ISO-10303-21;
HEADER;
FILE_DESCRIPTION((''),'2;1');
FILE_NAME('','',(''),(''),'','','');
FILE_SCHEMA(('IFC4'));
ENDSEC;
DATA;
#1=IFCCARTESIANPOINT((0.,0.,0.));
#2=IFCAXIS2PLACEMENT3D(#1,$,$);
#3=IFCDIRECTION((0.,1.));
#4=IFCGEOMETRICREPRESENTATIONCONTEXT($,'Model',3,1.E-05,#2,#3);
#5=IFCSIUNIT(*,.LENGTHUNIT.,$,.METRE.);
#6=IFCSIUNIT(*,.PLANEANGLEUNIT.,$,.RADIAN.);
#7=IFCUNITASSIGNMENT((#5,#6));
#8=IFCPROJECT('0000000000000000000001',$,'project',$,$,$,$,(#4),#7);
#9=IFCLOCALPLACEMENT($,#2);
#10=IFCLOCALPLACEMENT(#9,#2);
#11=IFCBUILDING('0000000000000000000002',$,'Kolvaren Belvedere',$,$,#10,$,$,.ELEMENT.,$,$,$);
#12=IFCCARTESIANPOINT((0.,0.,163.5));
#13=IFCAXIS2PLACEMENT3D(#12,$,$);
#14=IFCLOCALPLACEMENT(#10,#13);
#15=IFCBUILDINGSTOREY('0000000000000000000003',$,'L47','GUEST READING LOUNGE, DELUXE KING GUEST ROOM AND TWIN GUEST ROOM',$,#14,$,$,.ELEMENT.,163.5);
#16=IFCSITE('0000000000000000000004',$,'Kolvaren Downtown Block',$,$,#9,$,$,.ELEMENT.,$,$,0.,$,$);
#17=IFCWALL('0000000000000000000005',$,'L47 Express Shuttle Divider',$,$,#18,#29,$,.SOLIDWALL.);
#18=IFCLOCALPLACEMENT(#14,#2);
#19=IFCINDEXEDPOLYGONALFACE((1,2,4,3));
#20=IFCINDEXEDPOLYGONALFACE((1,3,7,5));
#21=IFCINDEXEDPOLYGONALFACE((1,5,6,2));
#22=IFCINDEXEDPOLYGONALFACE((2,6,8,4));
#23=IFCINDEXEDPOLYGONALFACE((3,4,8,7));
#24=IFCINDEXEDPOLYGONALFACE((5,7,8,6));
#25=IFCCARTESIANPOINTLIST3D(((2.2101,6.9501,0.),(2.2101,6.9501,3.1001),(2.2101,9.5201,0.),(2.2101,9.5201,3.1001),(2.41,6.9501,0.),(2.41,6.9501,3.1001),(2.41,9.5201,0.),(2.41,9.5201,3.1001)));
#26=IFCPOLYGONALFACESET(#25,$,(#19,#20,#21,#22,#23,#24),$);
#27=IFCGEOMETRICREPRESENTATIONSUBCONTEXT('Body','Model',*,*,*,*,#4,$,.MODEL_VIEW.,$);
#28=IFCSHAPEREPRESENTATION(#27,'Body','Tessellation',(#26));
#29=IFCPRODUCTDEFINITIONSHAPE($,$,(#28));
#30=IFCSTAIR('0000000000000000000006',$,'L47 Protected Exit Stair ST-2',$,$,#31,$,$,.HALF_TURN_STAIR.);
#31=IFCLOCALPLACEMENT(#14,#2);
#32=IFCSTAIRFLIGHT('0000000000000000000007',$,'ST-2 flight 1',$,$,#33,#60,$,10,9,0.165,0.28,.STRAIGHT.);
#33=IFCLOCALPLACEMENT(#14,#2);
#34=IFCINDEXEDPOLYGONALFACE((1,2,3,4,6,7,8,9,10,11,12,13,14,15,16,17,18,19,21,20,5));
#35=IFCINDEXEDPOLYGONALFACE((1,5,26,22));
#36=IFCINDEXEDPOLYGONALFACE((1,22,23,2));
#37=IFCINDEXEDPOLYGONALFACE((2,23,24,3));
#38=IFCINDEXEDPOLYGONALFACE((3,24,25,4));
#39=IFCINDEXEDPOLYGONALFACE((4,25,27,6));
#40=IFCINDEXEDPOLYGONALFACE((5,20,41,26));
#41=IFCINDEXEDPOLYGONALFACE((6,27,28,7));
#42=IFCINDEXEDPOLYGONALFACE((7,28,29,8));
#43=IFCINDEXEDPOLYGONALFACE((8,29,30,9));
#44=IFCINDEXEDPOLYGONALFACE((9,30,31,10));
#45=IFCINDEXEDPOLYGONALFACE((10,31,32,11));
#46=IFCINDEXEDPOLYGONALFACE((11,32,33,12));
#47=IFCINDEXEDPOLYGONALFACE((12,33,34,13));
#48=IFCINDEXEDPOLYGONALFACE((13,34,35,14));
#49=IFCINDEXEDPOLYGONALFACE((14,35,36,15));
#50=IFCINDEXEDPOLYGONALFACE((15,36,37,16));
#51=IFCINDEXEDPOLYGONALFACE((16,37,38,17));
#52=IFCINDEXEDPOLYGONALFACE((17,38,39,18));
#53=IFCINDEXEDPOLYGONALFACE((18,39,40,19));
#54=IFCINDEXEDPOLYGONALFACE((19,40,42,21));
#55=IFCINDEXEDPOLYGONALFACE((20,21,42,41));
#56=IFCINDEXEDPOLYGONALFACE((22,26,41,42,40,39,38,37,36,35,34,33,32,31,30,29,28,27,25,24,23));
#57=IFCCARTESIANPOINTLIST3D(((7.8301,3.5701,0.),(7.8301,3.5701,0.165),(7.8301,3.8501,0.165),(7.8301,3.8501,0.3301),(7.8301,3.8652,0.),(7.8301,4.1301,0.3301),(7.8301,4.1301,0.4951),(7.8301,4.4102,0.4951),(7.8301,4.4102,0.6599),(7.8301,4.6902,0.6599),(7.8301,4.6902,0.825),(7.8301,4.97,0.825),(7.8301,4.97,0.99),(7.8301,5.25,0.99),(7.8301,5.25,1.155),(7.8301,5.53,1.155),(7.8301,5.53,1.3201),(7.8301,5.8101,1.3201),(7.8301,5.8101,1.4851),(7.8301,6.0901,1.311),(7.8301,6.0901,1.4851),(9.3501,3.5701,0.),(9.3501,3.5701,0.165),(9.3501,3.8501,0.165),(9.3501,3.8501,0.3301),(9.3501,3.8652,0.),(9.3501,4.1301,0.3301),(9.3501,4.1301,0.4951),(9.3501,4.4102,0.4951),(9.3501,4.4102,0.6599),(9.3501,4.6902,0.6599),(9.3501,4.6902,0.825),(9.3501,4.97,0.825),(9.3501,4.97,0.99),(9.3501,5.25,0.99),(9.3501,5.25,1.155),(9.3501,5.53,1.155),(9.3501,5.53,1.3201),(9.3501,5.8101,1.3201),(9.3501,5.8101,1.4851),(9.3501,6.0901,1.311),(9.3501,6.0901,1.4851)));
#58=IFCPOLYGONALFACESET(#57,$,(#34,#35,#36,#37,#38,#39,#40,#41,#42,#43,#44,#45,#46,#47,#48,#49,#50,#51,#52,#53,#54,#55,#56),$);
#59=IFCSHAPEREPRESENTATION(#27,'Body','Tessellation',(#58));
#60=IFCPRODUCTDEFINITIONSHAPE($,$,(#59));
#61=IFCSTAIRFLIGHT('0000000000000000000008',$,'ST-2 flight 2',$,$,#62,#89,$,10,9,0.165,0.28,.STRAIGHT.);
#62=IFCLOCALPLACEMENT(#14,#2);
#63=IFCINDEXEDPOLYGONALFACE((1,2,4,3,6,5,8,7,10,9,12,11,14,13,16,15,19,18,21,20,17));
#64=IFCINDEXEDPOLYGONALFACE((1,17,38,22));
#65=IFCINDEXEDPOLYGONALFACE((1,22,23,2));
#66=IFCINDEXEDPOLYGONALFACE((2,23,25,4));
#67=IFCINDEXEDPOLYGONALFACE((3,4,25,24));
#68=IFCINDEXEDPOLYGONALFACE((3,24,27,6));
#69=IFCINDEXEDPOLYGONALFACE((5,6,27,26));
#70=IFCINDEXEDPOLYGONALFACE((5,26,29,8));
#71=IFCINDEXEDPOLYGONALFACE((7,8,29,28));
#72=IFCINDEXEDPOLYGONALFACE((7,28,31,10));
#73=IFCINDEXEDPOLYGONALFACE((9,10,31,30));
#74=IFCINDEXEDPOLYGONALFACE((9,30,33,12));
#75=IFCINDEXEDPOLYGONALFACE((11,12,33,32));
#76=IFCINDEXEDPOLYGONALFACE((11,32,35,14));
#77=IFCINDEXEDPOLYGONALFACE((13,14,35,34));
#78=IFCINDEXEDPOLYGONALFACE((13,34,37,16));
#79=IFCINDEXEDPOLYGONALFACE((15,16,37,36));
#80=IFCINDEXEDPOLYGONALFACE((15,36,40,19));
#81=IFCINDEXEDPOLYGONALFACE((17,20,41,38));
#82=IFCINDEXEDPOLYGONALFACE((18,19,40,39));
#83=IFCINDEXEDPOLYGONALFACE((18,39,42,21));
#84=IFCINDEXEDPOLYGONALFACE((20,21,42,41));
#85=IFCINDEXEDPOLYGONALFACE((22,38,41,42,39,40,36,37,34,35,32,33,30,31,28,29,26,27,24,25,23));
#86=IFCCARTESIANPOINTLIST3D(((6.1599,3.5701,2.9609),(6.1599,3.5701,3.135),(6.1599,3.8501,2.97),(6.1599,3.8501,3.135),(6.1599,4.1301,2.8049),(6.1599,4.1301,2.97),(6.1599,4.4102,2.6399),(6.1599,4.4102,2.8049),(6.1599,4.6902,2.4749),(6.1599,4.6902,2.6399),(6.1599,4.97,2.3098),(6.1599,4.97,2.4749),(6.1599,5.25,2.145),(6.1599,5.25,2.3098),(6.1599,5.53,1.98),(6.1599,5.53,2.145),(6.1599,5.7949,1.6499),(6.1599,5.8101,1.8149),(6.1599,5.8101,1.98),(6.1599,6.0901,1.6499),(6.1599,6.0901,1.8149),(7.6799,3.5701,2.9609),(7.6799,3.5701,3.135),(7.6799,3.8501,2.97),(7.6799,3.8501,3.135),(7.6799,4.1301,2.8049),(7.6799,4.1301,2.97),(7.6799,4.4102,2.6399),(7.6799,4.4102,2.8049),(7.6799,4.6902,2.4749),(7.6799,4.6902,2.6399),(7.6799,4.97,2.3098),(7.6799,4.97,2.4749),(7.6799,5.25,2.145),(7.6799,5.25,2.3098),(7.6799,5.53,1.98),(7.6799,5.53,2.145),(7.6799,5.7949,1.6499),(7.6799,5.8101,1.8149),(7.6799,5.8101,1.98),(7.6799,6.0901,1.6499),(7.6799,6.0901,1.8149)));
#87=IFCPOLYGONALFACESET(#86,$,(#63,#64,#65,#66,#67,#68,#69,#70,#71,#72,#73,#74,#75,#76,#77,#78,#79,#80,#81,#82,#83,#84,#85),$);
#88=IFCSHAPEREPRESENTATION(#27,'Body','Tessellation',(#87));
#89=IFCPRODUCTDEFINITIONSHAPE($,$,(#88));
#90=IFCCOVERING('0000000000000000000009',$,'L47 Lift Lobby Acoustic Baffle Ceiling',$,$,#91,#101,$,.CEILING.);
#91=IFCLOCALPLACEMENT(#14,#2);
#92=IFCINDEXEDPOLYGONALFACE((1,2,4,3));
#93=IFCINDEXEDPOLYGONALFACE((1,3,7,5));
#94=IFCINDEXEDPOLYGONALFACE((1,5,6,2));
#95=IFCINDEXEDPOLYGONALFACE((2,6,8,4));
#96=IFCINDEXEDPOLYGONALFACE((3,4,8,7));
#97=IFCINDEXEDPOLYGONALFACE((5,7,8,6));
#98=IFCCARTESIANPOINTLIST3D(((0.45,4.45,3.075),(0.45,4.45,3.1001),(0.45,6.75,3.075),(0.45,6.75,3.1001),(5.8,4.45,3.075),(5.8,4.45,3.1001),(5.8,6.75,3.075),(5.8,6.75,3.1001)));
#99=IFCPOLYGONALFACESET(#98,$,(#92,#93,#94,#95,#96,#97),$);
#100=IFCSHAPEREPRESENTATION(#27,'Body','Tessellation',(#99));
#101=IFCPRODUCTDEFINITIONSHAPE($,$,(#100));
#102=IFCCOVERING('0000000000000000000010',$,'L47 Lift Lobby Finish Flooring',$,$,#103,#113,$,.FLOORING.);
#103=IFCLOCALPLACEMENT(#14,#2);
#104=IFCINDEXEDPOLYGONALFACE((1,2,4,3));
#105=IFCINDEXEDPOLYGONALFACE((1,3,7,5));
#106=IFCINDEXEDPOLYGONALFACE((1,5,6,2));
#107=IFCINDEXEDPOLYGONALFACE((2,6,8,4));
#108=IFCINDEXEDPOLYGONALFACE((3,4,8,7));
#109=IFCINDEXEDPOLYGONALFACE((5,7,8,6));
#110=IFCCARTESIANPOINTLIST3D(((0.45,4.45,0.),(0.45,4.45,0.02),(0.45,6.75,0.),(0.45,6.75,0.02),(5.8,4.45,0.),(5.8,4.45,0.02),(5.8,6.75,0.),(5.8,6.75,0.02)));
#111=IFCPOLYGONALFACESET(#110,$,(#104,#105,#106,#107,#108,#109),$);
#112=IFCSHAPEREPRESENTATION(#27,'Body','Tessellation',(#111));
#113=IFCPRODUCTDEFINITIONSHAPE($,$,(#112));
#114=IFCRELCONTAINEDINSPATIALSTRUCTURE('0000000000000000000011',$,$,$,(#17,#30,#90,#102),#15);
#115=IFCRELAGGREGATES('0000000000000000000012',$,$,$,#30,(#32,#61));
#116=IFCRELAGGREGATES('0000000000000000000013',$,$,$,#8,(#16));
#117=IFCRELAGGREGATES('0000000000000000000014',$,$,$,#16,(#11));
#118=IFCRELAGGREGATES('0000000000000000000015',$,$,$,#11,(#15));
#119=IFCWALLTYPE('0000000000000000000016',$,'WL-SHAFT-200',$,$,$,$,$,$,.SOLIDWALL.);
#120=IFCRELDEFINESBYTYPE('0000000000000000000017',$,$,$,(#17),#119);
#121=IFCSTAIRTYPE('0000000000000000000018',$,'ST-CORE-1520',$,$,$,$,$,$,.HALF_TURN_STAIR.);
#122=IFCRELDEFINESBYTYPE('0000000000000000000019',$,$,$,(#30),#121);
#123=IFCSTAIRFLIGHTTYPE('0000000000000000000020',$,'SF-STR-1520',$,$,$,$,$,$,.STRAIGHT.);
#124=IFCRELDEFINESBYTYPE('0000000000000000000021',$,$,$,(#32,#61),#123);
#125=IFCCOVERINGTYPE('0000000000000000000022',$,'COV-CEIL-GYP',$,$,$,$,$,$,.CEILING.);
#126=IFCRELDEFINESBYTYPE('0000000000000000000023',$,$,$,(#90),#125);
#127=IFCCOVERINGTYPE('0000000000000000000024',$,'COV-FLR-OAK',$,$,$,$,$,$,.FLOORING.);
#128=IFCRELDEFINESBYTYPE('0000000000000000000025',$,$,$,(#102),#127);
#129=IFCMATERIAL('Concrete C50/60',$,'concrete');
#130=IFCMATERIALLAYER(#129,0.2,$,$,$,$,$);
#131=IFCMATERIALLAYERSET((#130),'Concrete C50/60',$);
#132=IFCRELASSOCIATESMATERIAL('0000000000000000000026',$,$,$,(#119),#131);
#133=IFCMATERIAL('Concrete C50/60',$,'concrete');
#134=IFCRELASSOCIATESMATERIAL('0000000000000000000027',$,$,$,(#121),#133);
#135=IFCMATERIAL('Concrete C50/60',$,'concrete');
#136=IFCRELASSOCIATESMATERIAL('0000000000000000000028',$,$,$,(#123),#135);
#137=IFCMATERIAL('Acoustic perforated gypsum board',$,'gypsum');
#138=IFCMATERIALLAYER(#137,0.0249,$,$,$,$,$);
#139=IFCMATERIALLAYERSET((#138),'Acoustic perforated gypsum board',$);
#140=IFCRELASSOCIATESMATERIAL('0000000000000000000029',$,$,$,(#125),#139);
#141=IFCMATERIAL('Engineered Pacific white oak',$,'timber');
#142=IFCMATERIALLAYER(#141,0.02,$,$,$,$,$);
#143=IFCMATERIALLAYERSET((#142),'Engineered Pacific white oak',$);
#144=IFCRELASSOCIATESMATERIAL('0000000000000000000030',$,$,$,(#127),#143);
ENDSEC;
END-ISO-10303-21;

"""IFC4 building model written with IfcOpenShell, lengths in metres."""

from ifc_helpers import new_model, si_unit, direction, frame, frame_2d, origin, place, context, subcontext, project, spatial, polyline, rectangle, outline, extrude, material, layer, layer_set, type_object, element, aggregate, save


model = new_model("IFC4")

# Units and contexts
model_context = context("Model", 3, precision=1e-05, world=origin(), true_north=direction((0.0, 1.0)))
body_context = subcontext(model_context, "Body", "Model", "MODEL_VIEW")
ifc_project = project(units=[si_unit("LENGTHUNIT", "METRE"), si_unit("PLANEANGLEUNIT", "RADIAN")], contexts=[model_context])

# Site, building, storey
site_placement = place(None, origin())
site = spatial("IfcSite", under=ifc_project, at=site_placement, Name="Kolvaren Downtown Block", CompositionType="ELEMENT", RefElevation=0.0)
building_placement = place(site_placement, origin())
building = spatial("IfcBuilding", under=site, at=building_placement, Name="Kolvaren Belvedere", CompositionType="ELEMENT")
storey_placement = place(building_placement, frame((0.0, 0.0, 163.5)))
storey = spatial("IfcBuildingStorey", under=building, at=storey_placement, Name="L47", Description="GUEST READING LOUNGE, DELUXE KING GUEST ROOM AND TWIN GUEST ROOM", CompositionType="ELEMENT", Elevation=163.5)

# Shared definitions
ifc_material_1 = material(Name="Concrete C50/60", Category="concrete")
ifc_layer_1 = layer(ifc_material_1, 0.2)
ifc_layer_set_1 = layer_set([ifc_layer_1], Name="Concrete C50/60")
wall_type_1 = type_object("IfcWallType", Name="WL-SHAFT-200", PredefinedType="SOLIDWALL", material=ifc_layer_set_1)

# Wall
for number, where, z_axis, x_axis, name in (
    (1, (2.3101, 6.95, 0.0), (0.0, 0.0, 1.0), (0.0, 1.0, 0.0), "L47 Express Shuttle Divider"),
):
    element("IfcWall", number, at=place(storey_placement, frame(where, z_axis=z_axis, x_axis=x_axis)), inside=storey, type_object=wall_type_1, Name=name, PredefinedType="SOLIDWALL", context=body_context, shape_type="SweptSolid", body=[
        extrude(rectangle(XDim=2.5701, YDim=0.2, at=frame_2d((1.2852, 0.0))), origin(), (0.0, 0.0, 1.0), 3.1001),
    ])

# Stair, stair flights
ifc_material_2 = material(Name="Concrete C50/60", Category="concrete")
stair_type = type_object("IfcStairType", Name="ST-CORE-1520", PredefinedType="HALF_TURN_STAIR", material=ifc_material_2)
stair_placement = place(storey_placement, origin())
stair = element("IfcStair", 2, at=stair_placement, inside=storey, type_object=stair_type, Name="L47 Protected Exit Stair ST-2", PredefinedType="HALF_TURN_STAIR")
ifc_material_3 = material(Name="Concrete C50/60", Category="concrete")
stair_flight_type = type_object("IfcStairFlightType", Name="SF-STR-1520", PredefinedType="STRAIGHT", material=ifc_material_3)
stair_flight_1_placement = place(storey_placement, frame((8.5901, 3.5701, 0.0), z_axis=(0.0, 0.0, 1.0), x_axis=(0.0, 1.0, 0.0)))
stair_flight_1 = element("IfcStairFlight", 3, at=stair_flight_1_placement, type_object=stair_flight_type, Name="ST-2 flight 1", NumberOfRisers=10, NumberOfTreads=9, PredefinedType="STRAIGHT", RiserHeight=0.165, TreadLength=0.28, context=body_context, shape_type="SweptSolid", body=[
    extrude(outline(polyline([(0.0, 0.0), (0.0, 0.165), (0.28, 0.165), (0.28, 0.3301), (0.5601, 0.3301), (0.5601, 0.4951), (0.8401, 0.4951), (0.8401, 0.6599), (1.1201, 0.6599), (1.1201, 0.825), (1.3999, 0.825), (1.3999, 0.99), (1.6799, 0.99), (1.6799, 1.155), (1.96, 1.155), (1.96, 1.3201), (2.24, 1.3201), (2.24, 1.4851), (2.52, 1.4851), (2.52, 1.6499), (2.52, 1.311), (0.2952, 0.0), (0.0, 0.0)])), frame((0.0, 0.76, 0.0), z_axis=(0.0, -1.0, 0.0), x_axis=(1.0, 0.0, 0.0)), (0.0, 0.0, 1.0), 1.52),
])
stair_flight_2_placement = place(storey_placement, frame((6.9199, 6.0901, 1.6499), z_axis=(0.0, 0.0, 1.0), x_axis=(0.0, -1.0, 0.0)))
stair_flight_2 = element("IfcStairFlight", 4, at=stair_flight_2_placement, type_object=stair_flight_type, Name="ST-2 flight 2", NumberOfRisers=10, NumberOfTreads=9, PredefinedType="STRAIGHT", RiserHeight=0.165, TreadLength=0.28, context=body_context, shape_type="SweptSolid", body=[
    extrude(outline(polyline([(0.0, 0.0), (0.0, 0.165), (0.28, 0.165), (0.28, 0.3301), (0.5601, 0.3301), (0.5601, 0.4951), (0.8401, 0.4951), (0.8401, 0.6599), (1.1201, 0.6599), (1.1201, 0.825), (1.3999, 0.825), (1.3999, 0.99), (1.6799, 0.99), (1.6799, 1.155), (1.96, 1.155), (1.96, 1.3201), (2.24, 1.3201), (2.24, 1.4851), (2.52, 1.4851), (2.52, 1.6499), (2.52, 1.311), (0.2952, 0.0), (0.0, 0.0)])), frame((0.0, 0.76, 0.0), z_axis=(0.0, -1.0, 0.0), x_axis=(1.0, 0.0, 0.0)), (0.0, 0.0, 1.0), 1.52),
])
aggregate(stair, [stair_flight_1, stair_flight_2])

# Coverings
ifc_material_4 = material(Name="Acoustic perforated gypsum board", Category="gypsum")
ifc_layer_2 = layer(ifc_material_4, 0.0249)
ifc_layer_set_2 = layer_set([ifc_layer_2], Name="Acoustic perforated gypsum board")
covering_type_1 = type_object("IfcCoveringType", Name="COV-CEIL-GYP", PredefinedType="CEILING", material=ifc_layer_set_2)
covering_1_placement = place(storey_placement, frame((0.0, 0.0, 3.075)))
element("IfcCovering", 5, at=covering_1_placement, inside=storey, type_object=covering_type_1, Name="L47 Lift Lobby Acoustic Baffle Ceiling", PredefinedType="CEILING", context=body_context, shape_type="SweptSolid", body=[
    extrude(outline(polyline([(0.45, 4.45), (5.8, 4.45), (5.8, 6.75), (0.45, 6.75), (0.45, 4.45)])), origin(), (0.0, 0.0, 1.0), 0.0251),
])
ifc_material_5 = material(Name="Engineered Pacific white oak", Category="timber")
ifc_layer_3 = layer(ifc_material_5, 0.02)
ifc_layer_set_3 = layer_set([ifc_layer_3], Name="Engineered Pacific white oak")
covering_type_2 = type_object("IfcCoveringType", Name="COV-FLR-OAK", PredefinedType="FLOORING", material=ifc_layer_set_3)
covering_2_placement = place(storey_placement, origin())
element("IfcCovering", 6, at=covering_2_placement, inside=storey, type_object=covering_type_2, Name="L47 Lift Lobby Finish Flooring", PredefinedType="FLOORING", context=body_context, shape_type="SweptSolid", body=[
    extrude(outline(polyline([(0.45, 4.45), (5.8, 4.45), (5.8, 6.75), (0.45, 6.75), (0.45, 4.45)])), origin(), (0.0, 0.0, 1.0), 0.02),
])

save(model, "model.ifc")
